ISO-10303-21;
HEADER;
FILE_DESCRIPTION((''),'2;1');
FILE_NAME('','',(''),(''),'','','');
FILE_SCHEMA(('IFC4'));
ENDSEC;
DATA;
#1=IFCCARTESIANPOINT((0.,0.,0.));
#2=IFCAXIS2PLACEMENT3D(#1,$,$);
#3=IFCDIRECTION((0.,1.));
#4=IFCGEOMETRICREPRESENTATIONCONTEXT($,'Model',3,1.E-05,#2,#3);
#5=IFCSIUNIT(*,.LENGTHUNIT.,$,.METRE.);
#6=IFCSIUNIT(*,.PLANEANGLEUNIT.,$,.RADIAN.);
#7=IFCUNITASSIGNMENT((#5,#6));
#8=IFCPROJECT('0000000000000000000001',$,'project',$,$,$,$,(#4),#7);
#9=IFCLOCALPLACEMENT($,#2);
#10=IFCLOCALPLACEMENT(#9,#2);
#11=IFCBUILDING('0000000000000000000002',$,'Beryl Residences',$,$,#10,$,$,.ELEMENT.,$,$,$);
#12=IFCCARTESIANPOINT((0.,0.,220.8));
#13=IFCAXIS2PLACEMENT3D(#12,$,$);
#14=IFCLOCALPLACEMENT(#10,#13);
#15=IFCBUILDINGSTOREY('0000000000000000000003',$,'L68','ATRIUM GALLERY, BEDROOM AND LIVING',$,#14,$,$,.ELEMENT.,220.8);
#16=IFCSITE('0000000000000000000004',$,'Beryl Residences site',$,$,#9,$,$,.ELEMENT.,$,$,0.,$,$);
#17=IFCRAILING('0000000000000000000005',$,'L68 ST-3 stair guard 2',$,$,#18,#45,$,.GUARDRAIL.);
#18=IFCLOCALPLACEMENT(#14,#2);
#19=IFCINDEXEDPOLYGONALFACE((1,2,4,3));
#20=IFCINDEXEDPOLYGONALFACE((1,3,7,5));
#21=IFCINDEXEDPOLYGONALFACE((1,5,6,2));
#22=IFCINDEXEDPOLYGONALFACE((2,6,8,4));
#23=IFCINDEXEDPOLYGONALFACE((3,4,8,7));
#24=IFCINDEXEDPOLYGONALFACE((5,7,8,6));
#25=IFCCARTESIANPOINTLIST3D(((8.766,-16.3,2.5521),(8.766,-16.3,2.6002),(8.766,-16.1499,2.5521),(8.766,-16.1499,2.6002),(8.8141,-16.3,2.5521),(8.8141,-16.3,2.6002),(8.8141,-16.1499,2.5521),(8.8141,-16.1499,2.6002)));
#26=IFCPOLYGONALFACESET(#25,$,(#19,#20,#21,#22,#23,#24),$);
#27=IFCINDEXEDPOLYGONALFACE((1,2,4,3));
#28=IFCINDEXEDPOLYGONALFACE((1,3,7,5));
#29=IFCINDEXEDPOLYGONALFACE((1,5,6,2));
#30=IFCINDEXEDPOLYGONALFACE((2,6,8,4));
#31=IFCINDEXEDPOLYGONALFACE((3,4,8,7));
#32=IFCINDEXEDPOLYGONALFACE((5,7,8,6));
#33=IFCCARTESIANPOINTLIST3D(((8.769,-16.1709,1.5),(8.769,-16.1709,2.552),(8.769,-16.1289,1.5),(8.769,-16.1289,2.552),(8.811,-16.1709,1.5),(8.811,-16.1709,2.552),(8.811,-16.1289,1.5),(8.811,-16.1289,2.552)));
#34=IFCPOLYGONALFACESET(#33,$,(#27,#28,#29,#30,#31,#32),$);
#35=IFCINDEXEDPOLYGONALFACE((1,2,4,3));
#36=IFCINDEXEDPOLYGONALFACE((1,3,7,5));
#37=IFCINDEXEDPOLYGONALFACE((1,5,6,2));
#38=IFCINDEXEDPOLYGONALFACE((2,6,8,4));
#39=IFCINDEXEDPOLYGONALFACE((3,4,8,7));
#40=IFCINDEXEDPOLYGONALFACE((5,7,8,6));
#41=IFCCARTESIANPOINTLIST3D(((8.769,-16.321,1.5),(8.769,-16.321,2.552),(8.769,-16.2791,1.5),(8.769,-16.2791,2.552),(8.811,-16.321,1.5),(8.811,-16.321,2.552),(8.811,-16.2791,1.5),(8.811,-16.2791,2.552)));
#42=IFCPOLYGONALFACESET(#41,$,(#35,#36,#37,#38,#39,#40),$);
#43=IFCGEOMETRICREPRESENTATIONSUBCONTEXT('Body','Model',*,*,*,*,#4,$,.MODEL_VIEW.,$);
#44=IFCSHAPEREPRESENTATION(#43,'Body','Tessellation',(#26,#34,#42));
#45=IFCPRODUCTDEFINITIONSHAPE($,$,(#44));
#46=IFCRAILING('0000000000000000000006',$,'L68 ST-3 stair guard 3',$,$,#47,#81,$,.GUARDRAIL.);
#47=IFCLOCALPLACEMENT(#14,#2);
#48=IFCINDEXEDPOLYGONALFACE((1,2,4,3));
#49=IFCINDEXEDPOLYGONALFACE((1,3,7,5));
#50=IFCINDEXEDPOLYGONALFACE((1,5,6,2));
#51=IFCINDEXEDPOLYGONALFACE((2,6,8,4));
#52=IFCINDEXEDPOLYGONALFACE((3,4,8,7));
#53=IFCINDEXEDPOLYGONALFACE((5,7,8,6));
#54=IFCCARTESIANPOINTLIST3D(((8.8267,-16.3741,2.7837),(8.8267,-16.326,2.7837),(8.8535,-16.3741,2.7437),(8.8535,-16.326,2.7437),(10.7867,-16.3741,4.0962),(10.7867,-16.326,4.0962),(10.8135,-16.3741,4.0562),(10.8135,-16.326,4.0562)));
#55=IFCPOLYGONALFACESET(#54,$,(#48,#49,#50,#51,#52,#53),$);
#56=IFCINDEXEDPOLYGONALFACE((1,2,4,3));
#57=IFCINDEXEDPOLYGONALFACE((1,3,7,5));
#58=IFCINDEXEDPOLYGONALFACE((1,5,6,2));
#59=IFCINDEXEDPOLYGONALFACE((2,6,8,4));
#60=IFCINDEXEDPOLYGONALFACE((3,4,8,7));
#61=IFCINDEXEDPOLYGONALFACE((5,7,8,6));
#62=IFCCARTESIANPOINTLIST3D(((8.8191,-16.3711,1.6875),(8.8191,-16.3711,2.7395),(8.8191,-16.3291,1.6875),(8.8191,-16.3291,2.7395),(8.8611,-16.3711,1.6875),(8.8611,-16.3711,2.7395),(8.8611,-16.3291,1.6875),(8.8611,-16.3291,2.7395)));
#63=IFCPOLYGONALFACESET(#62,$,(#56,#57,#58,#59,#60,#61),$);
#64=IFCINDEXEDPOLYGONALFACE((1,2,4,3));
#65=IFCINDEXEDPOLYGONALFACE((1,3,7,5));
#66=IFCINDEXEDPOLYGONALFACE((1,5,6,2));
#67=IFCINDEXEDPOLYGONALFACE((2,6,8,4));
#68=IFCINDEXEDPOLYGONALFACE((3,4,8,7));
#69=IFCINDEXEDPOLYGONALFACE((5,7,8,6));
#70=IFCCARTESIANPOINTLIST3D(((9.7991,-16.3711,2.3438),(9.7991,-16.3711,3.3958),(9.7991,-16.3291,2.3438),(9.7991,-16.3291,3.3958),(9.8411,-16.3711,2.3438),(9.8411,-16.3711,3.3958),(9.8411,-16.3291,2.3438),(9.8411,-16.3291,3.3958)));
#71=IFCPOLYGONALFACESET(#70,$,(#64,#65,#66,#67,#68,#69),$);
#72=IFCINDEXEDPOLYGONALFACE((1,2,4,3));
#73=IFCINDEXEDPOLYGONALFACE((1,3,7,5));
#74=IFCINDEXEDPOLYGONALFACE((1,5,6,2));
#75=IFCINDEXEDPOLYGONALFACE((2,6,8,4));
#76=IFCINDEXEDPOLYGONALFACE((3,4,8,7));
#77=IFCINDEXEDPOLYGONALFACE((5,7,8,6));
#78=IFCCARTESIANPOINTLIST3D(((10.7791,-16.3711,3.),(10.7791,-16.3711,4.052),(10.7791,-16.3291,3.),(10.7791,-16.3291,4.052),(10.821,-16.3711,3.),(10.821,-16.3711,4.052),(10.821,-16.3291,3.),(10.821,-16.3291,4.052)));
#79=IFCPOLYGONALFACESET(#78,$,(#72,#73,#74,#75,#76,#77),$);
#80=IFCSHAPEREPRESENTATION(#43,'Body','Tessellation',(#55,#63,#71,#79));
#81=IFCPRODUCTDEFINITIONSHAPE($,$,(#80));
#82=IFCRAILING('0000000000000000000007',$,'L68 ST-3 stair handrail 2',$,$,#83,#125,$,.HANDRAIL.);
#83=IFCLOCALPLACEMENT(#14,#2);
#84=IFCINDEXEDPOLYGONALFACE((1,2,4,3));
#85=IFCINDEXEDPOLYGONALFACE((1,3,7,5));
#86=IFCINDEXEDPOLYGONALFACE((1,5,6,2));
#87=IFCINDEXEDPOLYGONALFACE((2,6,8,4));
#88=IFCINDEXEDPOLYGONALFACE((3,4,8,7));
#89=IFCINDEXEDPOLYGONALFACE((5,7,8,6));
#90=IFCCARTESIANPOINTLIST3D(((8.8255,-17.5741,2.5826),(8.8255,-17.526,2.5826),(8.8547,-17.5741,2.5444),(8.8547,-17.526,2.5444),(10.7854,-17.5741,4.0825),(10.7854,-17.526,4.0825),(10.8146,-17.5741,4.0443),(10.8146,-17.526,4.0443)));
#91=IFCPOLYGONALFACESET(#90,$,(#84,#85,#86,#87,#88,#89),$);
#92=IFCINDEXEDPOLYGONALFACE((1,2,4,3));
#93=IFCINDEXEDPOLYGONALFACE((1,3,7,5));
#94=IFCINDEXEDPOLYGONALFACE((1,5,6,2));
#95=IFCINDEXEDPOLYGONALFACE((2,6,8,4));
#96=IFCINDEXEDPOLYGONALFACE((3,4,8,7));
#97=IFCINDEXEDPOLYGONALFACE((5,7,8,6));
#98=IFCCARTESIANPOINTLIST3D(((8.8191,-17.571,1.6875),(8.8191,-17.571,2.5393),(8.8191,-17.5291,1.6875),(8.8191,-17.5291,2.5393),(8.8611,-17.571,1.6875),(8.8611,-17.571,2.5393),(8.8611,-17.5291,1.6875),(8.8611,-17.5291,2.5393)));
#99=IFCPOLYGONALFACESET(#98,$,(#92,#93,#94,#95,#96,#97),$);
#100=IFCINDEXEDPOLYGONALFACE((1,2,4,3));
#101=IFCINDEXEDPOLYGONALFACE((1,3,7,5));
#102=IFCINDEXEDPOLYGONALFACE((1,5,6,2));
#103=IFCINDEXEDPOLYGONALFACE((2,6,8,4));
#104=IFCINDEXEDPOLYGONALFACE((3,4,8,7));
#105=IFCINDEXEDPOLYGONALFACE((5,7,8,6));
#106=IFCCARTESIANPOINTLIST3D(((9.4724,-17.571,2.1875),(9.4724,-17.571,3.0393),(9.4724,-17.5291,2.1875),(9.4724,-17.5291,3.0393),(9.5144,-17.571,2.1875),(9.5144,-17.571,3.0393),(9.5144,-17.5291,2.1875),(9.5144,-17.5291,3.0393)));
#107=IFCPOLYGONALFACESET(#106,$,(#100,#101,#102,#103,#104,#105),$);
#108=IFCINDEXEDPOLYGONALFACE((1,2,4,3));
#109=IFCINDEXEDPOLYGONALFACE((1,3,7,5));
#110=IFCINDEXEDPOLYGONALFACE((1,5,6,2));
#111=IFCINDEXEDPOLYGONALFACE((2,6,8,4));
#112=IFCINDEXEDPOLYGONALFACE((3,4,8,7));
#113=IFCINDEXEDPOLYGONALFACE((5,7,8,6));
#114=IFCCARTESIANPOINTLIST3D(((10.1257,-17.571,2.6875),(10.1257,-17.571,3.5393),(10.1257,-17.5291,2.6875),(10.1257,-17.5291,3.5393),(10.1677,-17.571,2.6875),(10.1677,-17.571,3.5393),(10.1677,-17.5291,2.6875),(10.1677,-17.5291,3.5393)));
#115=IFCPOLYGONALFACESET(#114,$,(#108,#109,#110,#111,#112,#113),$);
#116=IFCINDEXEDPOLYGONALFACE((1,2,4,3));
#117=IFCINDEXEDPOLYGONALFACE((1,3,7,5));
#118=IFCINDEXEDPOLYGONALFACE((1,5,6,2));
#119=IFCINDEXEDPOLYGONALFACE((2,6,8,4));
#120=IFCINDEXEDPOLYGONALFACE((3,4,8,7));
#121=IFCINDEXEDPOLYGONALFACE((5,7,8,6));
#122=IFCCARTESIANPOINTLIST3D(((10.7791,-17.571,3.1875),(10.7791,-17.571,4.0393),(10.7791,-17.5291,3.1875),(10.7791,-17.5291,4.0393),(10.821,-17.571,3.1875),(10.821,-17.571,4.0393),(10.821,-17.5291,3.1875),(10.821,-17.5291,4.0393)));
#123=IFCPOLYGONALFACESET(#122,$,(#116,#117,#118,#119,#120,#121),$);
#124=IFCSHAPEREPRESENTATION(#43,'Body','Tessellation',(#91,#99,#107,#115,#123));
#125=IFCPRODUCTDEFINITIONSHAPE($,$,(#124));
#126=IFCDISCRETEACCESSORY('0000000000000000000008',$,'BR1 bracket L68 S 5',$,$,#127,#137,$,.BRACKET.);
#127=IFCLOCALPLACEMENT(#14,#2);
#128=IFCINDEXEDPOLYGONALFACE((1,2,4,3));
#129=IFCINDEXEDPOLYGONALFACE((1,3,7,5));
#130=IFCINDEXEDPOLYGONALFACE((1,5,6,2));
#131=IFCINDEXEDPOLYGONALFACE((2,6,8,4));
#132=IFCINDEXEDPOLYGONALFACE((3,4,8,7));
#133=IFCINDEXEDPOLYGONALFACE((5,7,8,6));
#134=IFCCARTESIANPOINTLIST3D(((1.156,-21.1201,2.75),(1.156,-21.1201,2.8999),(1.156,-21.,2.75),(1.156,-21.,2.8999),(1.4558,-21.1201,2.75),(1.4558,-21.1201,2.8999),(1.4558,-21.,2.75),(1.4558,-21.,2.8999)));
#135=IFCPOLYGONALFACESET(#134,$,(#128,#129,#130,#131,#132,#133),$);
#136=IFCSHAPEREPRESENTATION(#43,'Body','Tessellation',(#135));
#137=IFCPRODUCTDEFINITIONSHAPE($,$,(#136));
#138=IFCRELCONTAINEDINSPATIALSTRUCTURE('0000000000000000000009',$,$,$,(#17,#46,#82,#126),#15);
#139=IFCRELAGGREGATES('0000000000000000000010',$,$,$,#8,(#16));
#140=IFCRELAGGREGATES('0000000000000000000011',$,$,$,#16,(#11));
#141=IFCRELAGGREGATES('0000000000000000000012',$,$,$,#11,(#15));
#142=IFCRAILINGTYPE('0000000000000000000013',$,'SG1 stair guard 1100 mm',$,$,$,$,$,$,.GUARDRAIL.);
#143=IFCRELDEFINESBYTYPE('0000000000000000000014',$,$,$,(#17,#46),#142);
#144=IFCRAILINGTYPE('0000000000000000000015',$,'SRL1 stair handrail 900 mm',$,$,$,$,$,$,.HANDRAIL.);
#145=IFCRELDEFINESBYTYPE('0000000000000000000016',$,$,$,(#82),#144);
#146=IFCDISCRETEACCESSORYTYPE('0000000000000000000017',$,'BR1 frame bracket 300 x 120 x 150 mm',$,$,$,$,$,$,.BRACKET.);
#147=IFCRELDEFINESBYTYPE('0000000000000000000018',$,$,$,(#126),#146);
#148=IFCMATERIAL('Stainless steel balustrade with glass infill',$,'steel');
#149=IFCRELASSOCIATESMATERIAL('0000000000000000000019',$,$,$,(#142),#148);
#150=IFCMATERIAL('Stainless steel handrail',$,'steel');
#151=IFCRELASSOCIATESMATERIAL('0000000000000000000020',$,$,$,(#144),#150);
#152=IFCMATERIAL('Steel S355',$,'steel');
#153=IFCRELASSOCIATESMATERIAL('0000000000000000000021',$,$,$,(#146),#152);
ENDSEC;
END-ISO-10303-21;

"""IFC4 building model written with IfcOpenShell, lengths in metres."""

from ifc_helpers import new_model, si_unit, direction, frame, origin, origin_2d, place, context, subcontext, project, spatial, polyline, rectangle, outline, extrude, source, transform, mapped, material, type_object, type_shapes, element, save


model = new_model("IFC4")

# Units and contexts
model_context = context("Model", 3, precision=1e-05, world=origin(), true_north=direction((0.0, 1.0)))
body_context = subcontext(model_context, "Body", "Model", "MODEL_VIEW")
ifc_project = project(units=[si_unit("LENGTHUNIT", "METRE"), si_unit("PLANEANGLEUNIT", "RADIAN")], contexts=[model_context])

# Site, building, storey
site_placement = place(None, origin())
site = spatial("IfcSite", under=ifc_project, at=site_placement, Name="Beryl Residences site", CompositionType="ELEMENT", RefElevation=0.0)
building_placement = place(site_placement, origin())
building = spatial("IfcBuilding", under=site, at=building_placement, Name="Beryl Residences", CompositionType="ELEMENT")
storey_placement = place(building_placement, frame((0.0, 0.0, 220.8)))
storey = spatial("IfcBuildingStorey", under=building, at=storey_placement, Name="L68", Description="ATRIUM GALLERY, BEDROOM AND LIVING", CompositionType="ELEMENT", Elevation=220.8)

# Railings
ifc_material_1 = material(Name="Stainless steel balustrade with glass infill", Category="steel")
railing_type_1 = type_object("IfcRailingType", Name="SG1 stair guard 1100 mm", PredefinedType="GUARDRAIL", material=ifc_material_1)
railing_1_placement = place(storey_placement, frame((8.79, -16.1499, 1.5)))
element("IfcRailing", 1, at=railing_1_placement, inside=storey, type_object=railing_type_1, Name="L68 ST-3 stair guard 2", PredefinedType="GUARDRAIL", context=body_context, shape_type="SweptSolid", body=[
    extrude(rectangle(XDim=0.0481, YDim=0.0481, at=origin_2d()), frame((0.0, 0.0, 1.0762), z_axis=(0.0, -1.0, 0.0), x_axis=(1.0, 0.0, 0.0)), (0.0, 0.0, 1.0), 0.1501),
    extrude(rectangle(XDim=0.042, YDim=0.042, at=origin_2d()), origin(), (0.0, 0.0, 1.0), 1.052),
    extrude(rectangle(XDim=0.042, YDim=0.042, at=origin_2d()), frame((0.0, -0.1501, 0.0)), (0.0, 0.0, 1.0), 1.052),
])
railing_2_placement = place(storey_placement, frame((8.8401, -16.3501, 1.6875)))
element("IfcRailing", 2, at=railing_2_placement, inside=storey, type_object=railing_type_1, Name="L68 ST-3 stair guard 3", PredefinedType="GUARDRAIL", context=body_context, shape_type="SweptSolid", body=[
    extrude(rectangle(XDim=0.0481, YDim=0.0481, at=origin_2d()), frame((0.0, 0.0, 1.0762), z_axis=(0.830902, 0.0, 0.556419), x_axis=(0.0, 1.0, 0.0)), (0.0, 0.0, 1.0), 2.3589),
    extrude(rectangle(XDim=0.042, YDim=0.042, at=origin_2d()), origin(), (0.0, 0.0, 1.0), 1.052),
    extrude(rectangle(XDim=0.042, YDim=0.042, at=origin_2d()), frame((0.98, 0.0, 0.6562)), (0.0, 0.0, 1.0), 1.052),
    extrude(rectangle(XDim=0.042, YDim=0.042, at=origin_2d()), frame((1.96, 0.0, 1.3125)), (0.0, 0.0, 1.0), 1.052),
])
ifc_material_2 = material(Name="Stainless steel handrail", Category="steel")
railing_type_2 = type_object("IfcRailingType", Name="SRL1 stair handrail 900 mm", PredefinedType="HANDRAIL", material=ifc_material_2)
railing_3_placement = place(storey_placement, frame((8.8401, -17.55, 1.6875)))
element("IfcRailing", 3, at=railing_3_placement, inside=storey, type_object=railing_type_2, Name="L68 ST-3 stair handrail 2", PredefinedType="HANDRAIL", context=body_context, shape_type="SweptSolid", body=[
    extrude(rectangle(XDim=0.0481, YDim=0.0481, at=origin_2d()), frame((0.0, 0.0, 0.876), z_axis=(0.794122, 0.0, 0.607758), x_axis=(0.0, 1.0, 0.0)), (0.0, 0.0, 1.0), 2.468),
    extrude(rectangle(XDim=0.042, YDim=0.042, at=origin_2d()), origin(), (0.0, 0.0, 1.0), 0.8518),
    extrude(rectangle(XDim=0.042, YDim=0.042, at=origin_2d()), frame((0.6533, 0.0, 0.5)), (0.0, 0.0, 1.0), 0.8518),
    extrude(rectangle(XDim=0.042, YDim=0.042, at=origin_2d()), frame((1.3066, 0.0, 1.0)), (0.0, 0.0, 1.0), 0.8518),
    extrude(rectangle(XDim=0.042, YDim=0.042, at=origin_2d()), frame((1.96, 0.0, 1.5)), (0.0, 0.0, 1.0), 0.8518),
])

# Discrete accessory
ifc_material_3 = material(Name="Steel S355", Category="steel")
discrete_accessory_type = type_object("IfcDiscreteAccessoryType", Name="BR1 frame bracket 300 x 120 x 150 mm", PredefinedType="BRACKET", material=ifc_material_3)
shared_shape_1 = source(origin(), body_context, "Body", "SweptSolid", [
    extrude(outline(polyline([(-0.1499, 0.0), (0.1499, 0.0), (0.1499, 0.1201), (-0.1499, 0.1201), (-0.1499, 0.0)])), origin(), (0.0, 0.0, 1.0), 0.1499),
])
type_shapes(discrete_accessory_type, [shared_shape_1])
discrete_accessory_placement = place(storey_placement, frame((1.3059, -21.0, 2.75), z_axis=(0.0, 0.0, 1.0), x_axis=(-1.0, 0.0, 0.0)))
element("IfcDiscreteAccessory", 4, at=discrete_accessory_placement, inside=storey, type_object=discrete_accessory_type, Name="BR1 bracket L68 S 5", PredefinedType="BRACKET", context=body_context, shape_type="MappedRepresentation", body=[
    mapped(shared_shape_1, transform((0.0, 0.0, 0.0))),
])

save(model, "model.ifc")
